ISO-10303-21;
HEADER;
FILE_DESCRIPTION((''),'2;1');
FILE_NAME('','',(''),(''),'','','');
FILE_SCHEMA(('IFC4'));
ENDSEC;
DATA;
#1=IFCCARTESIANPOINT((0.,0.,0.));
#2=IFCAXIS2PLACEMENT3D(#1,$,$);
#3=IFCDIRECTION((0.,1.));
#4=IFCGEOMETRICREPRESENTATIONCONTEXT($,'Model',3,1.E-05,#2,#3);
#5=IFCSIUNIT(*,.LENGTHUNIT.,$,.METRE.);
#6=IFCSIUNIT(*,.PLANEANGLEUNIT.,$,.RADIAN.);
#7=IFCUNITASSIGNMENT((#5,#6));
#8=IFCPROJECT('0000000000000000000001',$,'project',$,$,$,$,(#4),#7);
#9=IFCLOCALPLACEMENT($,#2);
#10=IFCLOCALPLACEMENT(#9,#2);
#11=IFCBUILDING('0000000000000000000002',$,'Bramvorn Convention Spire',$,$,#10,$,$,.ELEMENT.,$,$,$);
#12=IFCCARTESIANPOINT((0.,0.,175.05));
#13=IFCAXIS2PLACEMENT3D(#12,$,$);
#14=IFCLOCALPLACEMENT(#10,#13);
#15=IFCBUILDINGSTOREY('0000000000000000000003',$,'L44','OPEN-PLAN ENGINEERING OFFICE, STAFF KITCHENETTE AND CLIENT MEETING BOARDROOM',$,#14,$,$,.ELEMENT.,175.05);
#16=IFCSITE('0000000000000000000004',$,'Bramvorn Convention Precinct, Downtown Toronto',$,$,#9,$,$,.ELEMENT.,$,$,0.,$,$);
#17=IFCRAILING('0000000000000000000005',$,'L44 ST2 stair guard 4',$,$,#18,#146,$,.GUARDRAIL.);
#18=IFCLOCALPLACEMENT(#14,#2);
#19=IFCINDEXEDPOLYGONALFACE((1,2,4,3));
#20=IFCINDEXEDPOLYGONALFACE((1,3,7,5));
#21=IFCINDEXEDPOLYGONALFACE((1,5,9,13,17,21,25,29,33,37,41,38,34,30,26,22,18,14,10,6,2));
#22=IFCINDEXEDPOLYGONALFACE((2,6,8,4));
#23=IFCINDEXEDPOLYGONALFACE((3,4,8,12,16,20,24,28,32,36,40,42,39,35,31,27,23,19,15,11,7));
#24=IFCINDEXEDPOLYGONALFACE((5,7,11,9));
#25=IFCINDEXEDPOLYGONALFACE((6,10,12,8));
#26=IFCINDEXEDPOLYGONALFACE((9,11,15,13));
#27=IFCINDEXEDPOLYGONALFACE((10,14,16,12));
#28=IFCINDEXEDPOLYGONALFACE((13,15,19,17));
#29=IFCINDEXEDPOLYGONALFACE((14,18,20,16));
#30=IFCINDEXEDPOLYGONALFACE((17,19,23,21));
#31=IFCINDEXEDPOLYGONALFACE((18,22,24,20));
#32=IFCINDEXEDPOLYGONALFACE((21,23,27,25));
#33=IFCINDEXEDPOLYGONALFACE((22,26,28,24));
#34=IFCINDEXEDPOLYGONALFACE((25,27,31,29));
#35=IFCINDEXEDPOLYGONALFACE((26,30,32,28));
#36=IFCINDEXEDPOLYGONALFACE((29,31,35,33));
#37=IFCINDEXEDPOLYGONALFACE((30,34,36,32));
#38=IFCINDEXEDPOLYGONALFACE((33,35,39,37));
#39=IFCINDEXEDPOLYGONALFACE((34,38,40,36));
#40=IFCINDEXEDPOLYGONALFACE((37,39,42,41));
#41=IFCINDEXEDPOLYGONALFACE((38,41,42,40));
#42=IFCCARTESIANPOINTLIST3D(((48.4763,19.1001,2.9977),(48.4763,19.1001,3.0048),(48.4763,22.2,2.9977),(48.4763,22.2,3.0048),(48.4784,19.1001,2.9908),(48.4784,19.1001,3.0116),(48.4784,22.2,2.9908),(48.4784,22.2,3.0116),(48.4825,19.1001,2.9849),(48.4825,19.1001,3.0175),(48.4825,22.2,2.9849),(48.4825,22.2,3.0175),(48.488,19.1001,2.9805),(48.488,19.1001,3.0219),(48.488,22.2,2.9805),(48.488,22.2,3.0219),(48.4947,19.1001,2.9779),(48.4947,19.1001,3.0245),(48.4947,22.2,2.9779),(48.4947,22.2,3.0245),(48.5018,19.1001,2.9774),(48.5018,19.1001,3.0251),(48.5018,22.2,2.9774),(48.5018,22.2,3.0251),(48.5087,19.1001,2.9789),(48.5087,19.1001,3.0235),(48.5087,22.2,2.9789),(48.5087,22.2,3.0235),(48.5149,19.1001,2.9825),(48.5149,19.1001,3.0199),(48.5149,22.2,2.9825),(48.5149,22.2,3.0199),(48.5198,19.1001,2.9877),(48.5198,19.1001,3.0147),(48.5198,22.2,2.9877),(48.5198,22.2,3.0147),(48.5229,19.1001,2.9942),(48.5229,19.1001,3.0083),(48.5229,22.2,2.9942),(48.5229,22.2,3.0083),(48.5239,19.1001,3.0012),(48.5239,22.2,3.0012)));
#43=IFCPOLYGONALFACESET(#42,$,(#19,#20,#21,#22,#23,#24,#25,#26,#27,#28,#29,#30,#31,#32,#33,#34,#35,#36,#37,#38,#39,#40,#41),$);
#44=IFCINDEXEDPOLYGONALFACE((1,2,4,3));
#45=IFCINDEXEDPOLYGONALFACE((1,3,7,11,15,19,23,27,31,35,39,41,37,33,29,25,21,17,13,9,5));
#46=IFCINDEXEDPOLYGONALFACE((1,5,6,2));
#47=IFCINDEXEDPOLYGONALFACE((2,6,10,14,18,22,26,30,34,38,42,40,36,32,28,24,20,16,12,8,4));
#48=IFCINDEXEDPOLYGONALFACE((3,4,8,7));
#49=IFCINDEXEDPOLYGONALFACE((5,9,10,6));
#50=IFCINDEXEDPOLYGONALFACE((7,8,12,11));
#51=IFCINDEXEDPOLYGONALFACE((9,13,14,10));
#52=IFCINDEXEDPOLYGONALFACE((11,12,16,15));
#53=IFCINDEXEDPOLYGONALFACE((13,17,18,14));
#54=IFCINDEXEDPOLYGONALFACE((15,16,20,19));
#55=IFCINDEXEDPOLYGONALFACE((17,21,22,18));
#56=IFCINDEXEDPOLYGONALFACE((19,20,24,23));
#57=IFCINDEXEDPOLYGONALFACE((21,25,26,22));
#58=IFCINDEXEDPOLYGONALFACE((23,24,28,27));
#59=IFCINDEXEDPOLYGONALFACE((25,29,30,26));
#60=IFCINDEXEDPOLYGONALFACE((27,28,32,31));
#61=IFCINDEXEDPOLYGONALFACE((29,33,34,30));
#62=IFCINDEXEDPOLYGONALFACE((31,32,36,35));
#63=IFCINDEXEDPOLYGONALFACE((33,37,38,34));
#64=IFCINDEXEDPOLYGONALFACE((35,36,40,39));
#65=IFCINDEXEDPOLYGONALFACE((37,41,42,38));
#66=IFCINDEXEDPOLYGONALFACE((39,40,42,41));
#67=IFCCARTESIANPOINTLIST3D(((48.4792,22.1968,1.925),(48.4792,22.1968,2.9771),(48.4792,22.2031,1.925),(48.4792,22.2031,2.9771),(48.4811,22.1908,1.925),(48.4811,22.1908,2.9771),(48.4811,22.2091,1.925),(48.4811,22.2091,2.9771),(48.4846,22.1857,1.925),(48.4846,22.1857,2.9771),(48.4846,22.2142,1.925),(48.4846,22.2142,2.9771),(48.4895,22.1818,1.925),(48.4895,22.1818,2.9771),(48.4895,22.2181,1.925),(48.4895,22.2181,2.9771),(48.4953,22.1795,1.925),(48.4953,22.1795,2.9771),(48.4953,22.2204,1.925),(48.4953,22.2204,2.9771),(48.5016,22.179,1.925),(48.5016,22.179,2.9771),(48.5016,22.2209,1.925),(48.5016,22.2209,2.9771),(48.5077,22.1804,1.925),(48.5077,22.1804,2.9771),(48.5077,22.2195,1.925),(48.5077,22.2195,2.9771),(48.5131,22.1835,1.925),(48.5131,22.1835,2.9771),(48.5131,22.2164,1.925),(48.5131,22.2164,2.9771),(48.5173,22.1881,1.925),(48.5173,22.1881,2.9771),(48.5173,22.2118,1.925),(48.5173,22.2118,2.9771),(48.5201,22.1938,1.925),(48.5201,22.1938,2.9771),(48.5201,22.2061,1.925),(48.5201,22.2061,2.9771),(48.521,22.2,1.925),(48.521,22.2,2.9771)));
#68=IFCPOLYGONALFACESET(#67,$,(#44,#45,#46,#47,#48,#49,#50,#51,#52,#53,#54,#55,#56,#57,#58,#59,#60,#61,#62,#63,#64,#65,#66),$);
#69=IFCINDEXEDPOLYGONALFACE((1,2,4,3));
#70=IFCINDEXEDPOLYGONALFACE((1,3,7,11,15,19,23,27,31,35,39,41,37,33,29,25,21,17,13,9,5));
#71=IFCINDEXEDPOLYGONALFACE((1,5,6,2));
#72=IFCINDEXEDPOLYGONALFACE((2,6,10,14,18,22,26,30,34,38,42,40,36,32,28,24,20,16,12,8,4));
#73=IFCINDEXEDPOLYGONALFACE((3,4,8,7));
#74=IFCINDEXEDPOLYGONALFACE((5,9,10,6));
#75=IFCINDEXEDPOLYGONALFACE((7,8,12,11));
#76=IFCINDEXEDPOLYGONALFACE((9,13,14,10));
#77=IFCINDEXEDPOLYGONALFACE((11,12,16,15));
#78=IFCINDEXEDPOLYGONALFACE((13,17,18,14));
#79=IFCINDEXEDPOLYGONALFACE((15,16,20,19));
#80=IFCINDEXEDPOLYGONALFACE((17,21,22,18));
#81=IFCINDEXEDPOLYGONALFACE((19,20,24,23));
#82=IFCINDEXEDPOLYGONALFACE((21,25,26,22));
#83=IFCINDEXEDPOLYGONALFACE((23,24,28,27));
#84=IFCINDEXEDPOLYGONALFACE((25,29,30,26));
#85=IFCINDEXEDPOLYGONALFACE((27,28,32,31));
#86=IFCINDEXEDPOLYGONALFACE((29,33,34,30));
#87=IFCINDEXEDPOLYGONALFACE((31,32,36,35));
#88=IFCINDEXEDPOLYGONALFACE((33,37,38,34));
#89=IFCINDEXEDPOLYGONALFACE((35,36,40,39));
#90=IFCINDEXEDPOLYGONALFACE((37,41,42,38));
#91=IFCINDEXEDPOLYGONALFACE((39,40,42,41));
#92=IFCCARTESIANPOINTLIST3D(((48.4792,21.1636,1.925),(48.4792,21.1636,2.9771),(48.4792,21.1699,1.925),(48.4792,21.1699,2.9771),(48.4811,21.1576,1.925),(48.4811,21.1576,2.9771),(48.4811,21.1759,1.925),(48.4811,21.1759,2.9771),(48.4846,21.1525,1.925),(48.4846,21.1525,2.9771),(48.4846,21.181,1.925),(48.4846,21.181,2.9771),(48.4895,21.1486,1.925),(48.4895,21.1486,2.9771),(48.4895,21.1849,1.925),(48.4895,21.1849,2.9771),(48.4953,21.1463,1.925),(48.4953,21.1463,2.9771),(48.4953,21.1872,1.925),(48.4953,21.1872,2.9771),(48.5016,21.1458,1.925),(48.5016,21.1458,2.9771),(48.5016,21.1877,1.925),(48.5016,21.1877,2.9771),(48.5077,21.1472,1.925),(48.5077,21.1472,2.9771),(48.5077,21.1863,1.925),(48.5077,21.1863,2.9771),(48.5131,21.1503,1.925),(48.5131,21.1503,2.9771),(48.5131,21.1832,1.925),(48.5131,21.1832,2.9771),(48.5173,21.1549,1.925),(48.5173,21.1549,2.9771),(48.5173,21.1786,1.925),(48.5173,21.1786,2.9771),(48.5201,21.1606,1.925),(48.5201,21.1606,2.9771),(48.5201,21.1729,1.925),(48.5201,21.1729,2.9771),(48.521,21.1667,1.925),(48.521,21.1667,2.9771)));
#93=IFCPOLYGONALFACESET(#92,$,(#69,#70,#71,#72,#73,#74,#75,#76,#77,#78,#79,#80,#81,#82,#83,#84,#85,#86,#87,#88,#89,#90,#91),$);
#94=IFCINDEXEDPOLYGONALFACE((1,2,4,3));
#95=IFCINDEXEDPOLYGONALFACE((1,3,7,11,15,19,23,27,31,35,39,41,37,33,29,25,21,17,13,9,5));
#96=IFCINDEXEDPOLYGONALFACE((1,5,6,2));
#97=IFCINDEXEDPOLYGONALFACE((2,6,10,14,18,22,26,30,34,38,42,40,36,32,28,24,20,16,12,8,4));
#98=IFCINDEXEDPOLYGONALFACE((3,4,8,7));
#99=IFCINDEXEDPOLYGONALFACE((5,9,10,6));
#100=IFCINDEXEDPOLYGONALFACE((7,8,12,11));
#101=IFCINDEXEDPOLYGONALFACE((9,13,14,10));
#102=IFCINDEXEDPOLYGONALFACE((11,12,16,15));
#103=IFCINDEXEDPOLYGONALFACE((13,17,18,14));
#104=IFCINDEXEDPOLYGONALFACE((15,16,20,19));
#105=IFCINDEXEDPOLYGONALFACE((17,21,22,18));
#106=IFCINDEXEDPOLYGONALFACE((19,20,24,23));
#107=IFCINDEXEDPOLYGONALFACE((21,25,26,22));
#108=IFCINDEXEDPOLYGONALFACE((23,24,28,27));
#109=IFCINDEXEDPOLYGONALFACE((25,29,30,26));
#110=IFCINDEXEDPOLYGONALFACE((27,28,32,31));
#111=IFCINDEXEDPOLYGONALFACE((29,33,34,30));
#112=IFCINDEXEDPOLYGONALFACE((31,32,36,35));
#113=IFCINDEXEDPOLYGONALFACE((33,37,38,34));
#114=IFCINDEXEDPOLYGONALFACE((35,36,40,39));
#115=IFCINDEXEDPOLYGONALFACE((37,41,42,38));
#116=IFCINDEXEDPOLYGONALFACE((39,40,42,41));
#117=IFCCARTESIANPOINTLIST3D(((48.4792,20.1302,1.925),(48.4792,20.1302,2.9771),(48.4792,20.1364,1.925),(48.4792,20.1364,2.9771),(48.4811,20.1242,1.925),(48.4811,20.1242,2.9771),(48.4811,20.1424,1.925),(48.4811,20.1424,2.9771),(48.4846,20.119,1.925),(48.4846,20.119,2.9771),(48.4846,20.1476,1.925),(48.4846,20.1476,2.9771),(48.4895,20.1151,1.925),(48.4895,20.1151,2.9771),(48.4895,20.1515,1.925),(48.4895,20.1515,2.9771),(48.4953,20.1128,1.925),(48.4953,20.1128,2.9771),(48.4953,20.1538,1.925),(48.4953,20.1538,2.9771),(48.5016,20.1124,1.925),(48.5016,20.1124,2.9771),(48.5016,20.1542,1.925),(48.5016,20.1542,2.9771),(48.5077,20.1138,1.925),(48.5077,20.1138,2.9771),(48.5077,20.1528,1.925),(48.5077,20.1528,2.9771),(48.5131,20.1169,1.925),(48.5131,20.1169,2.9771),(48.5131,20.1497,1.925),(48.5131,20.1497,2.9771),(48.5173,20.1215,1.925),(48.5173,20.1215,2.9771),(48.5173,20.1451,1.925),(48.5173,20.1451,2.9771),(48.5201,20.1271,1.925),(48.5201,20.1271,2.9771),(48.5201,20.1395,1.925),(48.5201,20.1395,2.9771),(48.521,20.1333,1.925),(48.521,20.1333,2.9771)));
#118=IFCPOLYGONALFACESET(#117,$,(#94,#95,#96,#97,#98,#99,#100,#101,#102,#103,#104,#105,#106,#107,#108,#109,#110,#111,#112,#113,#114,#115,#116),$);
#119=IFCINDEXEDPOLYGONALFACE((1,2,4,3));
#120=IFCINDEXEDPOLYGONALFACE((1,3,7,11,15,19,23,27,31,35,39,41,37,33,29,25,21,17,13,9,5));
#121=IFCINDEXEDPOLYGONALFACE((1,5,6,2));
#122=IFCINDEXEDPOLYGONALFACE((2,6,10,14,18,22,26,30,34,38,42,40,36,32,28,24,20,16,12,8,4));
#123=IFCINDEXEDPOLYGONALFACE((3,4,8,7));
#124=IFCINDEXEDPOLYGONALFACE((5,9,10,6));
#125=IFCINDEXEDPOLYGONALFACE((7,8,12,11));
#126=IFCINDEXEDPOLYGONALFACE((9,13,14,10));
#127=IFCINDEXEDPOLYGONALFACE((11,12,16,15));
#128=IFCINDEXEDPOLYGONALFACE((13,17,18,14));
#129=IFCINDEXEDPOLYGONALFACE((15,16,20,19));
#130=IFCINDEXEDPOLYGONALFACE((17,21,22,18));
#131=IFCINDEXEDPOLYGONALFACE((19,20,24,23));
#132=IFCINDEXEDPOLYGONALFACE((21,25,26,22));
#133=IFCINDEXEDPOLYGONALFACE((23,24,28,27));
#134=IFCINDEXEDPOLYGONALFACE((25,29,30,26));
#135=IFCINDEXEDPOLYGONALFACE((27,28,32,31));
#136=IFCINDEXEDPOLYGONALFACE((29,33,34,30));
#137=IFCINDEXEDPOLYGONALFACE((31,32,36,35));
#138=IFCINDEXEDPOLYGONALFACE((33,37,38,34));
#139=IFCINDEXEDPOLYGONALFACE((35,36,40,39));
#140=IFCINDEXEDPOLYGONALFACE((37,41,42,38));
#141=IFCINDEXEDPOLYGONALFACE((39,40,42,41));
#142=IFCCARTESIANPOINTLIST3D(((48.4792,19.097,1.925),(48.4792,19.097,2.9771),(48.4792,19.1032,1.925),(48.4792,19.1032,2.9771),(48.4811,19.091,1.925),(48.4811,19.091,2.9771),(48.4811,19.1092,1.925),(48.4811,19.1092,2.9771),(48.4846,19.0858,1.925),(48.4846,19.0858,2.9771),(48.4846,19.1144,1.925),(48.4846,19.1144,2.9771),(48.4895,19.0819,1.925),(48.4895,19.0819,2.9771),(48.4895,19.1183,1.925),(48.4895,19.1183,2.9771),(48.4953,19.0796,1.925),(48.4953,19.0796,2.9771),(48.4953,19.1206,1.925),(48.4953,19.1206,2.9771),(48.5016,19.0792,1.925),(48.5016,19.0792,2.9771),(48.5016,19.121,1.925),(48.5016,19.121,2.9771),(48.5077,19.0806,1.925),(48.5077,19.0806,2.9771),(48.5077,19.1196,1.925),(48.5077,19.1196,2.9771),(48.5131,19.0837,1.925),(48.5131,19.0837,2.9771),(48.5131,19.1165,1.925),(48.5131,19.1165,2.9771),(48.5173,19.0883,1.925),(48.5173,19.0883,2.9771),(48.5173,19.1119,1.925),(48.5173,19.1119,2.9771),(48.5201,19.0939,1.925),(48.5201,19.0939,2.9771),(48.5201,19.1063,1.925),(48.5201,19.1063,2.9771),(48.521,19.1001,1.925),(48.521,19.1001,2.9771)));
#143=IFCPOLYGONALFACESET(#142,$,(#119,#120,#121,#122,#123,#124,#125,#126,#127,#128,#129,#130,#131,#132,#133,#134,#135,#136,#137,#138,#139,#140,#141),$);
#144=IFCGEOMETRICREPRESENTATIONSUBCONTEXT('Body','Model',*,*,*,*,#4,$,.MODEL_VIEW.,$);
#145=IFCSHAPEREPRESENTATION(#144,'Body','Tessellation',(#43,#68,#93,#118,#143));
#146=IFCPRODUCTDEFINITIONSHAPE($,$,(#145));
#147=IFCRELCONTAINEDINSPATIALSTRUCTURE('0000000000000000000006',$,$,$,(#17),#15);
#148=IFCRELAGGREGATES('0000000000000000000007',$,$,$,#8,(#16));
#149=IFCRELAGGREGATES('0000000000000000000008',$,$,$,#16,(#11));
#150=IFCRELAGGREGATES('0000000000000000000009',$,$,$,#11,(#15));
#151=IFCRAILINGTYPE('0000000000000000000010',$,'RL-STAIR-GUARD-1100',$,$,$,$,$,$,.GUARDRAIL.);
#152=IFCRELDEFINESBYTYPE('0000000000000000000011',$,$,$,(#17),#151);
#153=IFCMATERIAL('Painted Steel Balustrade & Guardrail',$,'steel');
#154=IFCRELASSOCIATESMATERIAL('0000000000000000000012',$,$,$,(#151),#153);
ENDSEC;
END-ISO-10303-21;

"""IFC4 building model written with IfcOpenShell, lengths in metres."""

from ifc_helpers import new_model, si_unit, direction, frame, origin, origin_2d, place, context, subcontext, project, spatial, circle, extrude, material, type_object, element, save


model = new_model("IFC4")

# Units and contexts
model_context = context("Model", 3, precision=1e-05, world=origin(), true_north=direction((0.0, 1.0)))
body_context = subcontext(model_context, "Body", "Model", "MODEL_VIEW")
ifc_project = project(units=[si_unit("LENGTHUNIT", "METRE"), si_unit("PLANEANGLEUNIT", "RADIAN")], contexts=[model_context])

# Site, building, storey
site_placement = place(None, origin())
site = spatial("IfcSite", under=ifc_project, at=site_placement, Name="Bramvorn Convention Precinct, Downtown Toronto", CompositionType="ELEMENT", RefElevation=0.0)
building_placement = place(site_placement, origin())
building = spatial("IfcBuilding", under=site, at=building_placement, Name="Bramvorn Convention Spire", CompositionType="ELEMENT")
storey_placement = place(building_placement, frame((0.0, 0.0, 175.05)))
storey = spatial("IfcBuildingStorey", under=building, at=storey_placement, Name="L44", Description="OPEN-PLAN ENGINEERING OFFICE, STAFF KITCHENETTE AND CLIENT MEETING BOARDROOM", CompositionType="ELEMENT", Elevation=175.05)

# Railing
ifc_material_1 = material(Name="Painted Steel Balustrade & Guardrail", Category="steel")
railing_type_1 = type_object("IfcRailingType", Name="RL-STAIR-GUARD-1100", PredefinedType="GUARDRAIL", material=ifc_material_1)
railing_1_placement = place(storey_placement, frame((48.5, 22.2, 1.925)))
element("IfcRailing", 1, at=railing_1_placement, inside=storey, type_object=railing_type_1, Name="L44 ST2 stair guard 4", PredefinedType="GUARDRAIL", context=body_context, shape_type="SweptSolid", body=[
    extrude(circle(Radius=0.0239, at=origin_2d()), frame((0.0, 0.0, 1.0762), z_axis=(0.0, -1.0, 0.0), x_axis=(1.0, 0.0, 0.0)), (0.0, 0.0, 1.0), 3.0999),
    extrude(circle(Radius=0.021, at=origin_2d()), origin(), (0.0, 0.0, 1.0), 1.052),
    extrude(circle(Radius=0.021, at=origin_2d()), frame((0.0, -1.0332, 0.0)), (0.0, 0.0, 1.0), 1.052),
    extrude(circle(Radius=0.021, at=origin_2d()), frame((0.0, -2.0667, 0.0)), (0.0, 0.0, 1.0), 1.052),
    extrude(circle(Radius=0.021, at=origin_2d()), frame((0.0, -3.0999, 0.0)), (0.0, 0.0, 1.0), 1.052),
])

save(model, "model.ifc")
